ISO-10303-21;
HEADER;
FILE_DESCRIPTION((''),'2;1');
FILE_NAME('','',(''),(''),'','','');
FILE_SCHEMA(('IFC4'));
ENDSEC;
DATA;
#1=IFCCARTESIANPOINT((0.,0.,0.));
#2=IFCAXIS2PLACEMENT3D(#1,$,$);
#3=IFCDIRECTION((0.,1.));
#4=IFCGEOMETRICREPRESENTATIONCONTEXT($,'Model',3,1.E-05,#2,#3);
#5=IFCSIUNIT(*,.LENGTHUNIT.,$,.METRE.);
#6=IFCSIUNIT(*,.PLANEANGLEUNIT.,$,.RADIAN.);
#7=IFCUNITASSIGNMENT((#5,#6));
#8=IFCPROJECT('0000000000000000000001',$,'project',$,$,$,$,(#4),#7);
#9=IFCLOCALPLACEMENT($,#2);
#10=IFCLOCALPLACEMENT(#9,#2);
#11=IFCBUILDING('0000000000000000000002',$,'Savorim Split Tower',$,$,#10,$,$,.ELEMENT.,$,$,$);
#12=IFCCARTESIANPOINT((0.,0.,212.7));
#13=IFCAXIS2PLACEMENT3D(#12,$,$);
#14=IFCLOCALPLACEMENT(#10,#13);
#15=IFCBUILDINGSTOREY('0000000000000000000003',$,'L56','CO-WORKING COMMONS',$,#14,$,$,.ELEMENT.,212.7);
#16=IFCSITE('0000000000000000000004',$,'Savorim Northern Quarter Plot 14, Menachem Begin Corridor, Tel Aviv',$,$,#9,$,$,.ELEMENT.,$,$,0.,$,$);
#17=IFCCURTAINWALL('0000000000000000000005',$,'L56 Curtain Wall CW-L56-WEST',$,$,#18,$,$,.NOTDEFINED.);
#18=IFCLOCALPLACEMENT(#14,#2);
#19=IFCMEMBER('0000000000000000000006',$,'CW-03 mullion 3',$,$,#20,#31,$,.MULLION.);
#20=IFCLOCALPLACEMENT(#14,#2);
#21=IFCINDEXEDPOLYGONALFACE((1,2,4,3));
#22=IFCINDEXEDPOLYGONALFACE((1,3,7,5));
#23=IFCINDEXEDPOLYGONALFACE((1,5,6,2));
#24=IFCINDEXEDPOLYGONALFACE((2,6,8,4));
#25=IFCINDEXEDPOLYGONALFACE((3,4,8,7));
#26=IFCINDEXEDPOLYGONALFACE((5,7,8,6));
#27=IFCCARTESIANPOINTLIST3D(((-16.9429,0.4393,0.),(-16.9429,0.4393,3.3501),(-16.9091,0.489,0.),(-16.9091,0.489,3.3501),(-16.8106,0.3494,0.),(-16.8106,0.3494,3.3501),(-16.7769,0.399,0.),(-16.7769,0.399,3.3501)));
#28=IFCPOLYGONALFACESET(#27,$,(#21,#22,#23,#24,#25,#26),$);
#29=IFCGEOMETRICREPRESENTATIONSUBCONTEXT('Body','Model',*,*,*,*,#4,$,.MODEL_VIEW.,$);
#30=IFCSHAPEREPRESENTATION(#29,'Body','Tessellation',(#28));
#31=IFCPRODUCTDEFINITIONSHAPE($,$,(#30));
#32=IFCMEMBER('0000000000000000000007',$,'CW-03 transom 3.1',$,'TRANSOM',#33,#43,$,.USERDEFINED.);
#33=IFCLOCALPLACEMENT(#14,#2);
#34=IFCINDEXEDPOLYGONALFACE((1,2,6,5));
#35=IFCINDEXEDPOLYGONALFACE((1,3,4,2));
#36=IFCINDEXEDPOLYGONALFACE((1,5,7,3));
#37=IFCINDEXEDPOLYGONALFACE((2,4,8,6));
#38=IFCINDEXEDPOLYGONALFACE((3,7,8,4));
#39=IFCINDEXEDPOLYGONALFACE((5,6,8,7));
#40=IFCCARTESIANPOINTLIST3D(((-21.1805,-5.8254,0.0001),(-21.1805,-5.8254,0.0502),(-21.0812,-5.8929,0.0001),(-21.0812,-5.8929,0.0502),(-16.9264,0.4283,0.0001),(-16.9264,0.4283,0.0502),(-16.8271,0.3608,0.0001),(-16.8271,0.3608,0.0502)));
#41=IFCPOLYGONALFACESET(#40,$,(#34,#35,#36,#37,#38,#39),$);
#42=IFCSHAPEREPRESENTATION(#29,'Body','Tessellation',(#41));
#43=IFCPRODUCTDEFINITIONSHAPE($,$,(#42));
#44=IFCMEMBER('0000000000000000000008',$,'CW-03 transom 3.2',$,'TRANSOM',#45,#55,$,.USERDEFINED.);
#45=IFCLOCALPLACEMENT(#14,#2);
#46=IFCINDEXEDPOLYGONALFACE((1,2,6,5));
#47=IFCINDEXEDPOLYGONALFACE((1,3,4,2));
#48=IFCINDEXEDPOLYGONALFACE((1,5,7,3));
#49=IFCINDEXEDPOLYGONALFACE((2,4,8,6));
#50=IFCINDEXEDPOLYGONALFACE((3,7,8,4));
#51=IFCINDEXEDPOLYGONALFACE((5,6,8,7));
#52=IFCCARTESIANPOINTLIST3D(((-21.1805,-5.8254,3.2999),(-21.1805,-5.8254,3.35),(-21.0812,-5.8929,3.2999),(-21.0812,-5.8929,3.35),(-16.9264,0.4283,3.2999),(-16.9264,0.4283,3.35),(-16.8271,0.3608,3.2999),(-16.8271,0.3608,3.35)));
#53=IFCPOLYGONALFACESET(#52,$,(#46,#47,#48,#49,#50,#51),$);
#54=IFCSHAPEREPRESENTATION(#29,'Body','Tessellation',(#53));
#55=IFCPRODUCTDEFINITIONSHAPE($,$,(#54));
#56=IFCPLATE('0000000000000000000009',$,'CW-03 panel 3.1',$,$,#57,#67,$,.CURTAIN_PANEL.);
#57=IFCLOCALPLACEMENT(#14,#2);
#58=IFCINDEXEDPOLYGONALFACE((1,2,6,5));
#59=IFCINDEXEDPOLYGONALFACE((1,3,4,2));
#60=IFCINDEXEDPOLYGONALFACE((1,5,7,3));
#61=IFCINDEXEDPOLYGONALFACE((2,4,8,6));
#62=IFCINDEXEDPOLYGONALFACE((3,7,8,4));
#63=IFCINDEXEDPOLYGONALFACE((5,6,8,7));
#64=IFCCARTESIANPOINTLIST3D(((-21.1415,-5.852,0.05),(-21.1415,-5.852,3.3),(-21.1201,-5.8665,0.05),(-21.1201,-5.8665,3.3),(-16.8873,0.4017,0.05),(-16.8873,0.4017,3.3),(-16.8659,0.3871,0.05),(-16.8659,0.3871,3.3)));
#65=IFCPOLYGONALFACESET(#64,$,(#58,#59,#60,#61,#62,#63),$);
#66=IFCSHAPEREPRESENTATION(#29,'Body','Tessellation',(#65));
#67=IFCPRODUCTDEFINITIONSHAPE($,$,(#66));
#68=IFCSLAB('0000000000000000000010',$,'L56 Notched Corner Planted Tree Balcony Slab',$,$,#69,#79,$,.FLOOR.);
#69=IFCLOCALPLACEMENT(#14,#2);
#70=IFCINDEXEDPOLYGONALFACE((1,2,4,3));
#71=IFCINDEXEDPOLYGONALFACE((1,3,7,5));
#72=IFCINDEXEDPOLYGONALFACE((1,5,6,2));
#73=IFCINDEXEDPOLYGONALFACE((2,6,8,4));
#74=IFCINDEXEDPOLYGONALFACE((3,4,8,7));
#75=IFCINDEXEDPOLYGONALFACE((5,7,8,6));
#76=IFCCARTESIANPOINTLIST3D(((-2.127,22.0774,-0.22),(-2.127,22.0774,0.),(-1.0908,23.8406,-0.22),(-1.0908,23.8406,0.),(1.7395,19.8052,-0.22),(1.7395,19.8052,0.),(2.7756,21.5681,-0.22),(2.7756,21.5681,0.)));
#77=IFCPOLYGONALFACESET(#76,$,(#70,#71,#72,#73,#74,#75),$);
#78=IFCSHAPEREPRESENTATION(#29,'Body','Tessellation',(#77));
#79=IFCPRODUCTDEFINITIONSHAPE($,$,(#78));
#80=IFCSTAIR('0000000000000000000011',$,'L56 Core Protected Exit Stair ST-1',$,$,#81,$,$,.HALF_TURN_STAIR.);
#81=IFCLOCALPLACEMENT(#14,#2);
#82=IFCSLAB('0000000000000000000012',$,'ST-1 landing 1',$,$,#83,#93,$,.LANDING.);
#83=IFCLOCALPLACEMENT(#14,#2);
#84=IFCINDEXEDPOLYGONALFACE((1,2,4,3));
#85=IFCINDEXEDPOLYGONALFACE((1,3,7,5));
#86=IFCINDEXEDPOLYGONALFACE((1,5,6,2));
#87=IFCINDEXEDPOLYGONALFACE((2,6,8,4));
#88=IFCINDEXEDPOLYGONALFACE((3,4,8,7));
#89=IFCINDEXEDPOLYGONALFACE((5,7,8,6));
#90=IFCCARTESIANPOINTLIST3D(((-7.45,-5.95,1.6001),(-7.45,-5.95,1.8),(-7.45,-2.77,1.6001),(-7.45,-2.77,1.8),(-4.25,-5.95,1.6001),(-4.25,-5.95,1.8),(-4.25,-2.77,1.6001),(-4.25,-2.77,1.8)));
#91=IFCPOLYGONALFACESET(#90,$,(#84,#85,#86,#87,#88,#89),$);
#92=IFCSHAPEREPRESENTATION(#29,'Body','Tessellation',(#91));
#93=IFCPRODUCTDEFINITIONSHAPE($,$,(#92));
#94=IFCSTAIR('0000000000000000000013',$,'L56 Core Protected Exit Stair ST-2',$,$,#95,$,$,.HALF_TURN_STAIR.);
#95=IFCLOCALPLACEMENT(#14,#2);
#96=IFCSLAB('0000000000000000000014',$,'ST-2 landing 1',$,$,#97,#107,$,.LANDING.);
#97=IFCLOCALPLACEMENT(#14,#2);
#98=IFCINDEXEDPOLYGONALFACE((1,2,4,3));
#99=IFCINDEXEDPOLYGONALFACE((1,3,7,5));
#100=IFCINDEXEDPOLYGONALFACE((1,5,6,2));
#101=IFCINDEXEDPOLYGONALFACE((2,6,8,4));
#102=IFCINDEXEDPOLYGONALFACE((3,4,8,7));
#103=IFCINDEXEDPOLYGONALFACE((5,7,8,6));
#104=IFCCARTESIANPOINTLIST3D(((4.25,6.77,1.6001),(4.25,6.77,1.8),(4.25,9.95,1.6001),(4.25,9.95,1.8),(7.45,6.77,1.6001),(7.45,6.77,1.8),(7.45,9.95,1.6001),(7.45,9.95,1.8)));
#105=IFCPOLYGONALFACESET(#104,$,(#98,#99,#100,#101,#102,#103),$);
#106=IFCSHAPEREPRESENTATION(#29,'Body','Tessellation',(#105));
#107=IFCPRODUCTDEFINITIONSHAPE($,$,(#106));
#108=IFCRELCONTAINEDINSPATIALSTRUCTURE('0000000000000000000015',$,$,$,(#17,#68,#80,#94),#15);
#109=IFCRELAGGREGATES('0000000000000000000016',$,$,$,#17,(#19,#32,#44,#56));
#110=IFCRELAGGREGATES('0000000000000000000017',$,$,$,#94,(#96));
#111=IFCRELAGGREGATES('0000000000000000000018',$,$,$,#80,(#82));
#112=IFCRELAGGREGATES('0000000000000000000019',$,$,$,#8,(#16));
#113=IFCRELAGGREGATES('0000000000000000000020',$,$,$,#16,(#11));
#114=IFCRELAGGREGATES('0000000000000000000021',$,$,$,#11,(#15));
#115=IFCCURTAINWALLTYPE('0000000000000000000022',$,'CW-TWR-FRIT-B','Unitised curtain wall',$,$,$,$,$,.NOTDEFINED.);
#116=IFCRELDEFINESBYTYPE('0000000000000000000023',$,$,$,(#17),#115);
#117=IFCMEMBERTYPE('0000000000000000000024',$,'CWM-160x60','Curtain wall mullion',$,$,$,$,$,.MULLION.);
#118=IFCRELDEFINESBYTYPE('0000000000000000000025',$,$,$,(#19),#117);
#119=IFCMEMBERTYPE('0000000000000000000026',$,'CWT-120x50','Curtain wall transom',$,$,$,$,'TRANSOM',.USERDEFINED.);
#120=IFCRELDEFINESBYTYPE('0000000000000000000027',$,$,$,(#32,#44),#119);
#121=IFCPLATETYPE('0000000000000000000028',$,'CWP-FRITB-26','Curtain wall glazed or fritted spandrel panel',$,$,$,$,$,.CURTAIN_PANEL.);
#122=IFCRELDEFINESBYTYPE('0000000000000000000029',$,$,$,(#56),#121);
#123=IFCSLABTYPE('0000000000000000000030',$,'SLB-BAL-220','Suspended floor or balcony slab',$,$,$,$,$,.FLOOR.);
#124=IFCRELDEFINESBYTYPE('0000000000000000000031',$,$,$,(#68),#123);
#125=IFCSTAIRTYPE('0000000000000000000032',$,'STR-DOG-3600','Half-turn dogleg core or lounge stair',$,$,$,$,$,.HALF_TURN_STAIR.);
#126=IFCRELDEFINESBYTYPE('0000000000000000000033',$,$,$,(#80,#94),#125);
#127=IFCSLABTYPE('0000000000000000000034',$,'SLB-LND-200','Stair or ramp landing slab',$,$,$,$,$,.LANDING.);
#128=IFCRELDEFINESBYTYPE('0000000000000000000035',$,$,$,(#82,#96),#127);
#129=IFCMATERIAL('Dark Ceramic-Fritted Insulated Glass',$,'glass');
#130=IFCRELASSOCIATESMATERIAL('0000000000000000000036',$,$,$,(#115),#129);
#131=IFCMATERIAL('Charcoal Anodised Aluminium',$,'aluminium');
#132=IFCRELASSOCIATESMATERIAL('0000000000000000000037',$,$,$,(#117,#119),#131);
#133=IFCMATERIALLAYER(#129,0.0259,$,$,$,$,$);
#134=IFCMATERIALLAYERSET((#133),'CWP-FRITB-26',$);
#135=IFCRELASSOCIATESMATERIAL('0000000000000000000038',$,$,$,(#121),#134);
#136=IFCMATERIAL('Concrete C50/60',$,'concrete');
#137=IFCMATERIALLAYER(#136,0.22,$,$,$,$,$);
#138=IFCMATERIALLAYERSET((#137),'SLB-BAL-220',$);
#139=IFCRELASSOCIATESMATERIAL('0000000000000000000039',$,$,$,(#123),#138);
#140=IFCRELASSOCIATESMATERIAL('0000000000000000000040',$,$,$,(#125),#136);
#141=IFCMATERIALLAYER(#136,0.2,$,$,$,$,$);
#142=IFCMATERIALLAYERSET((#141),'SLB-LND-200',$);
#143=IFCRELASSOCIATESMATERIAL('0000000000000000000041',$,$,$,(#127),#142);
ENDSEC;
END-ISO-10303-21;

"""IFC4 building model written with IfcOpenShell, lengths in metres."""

from ifc_helpers import new_model, si_unit, direction, frame, origin, origin_2d, place, context, subcontext, project, spatial, polyline, rectangle, outline, extrude, material, layer, layer_set, material_profile, profile_set, type_object, element, aggregate, save


model = new_model("IFC4")

# Units and contexts
model_context = context("Model", 3, precision=1e-05, world=origin(), true_north=direction((0.0, 1.0)))
body_context = subcontext(model_context, "Body", "Model", "MODEL_VIEW")
ifc_project = project(units=[si_unit("LENGTHUNIT", "METRE"), si_unit("PLANEANGLEUNIT", "RADIAN")], contexts=[model_context])

# Site, building, storey
site_placement = place(None, origin())
site = spatial("IfcSite", under=ifc_project, at=site_placement, Name="Savorim Northern Quarter Plot 14, Menachem Begin Corridor, Tel Aviv", CompositionType="ELEMENT", RefElevation=0.0)
building_placement = place(site_placement, origin())
building = spatial("IfcBuilding", under=site, at=building_placement, Name="Savorim Split Tower", CompositionType="ELEMENT")
storey_placement = place(building_placement, frame((0.0, 0.0, 212.7)))
storey = spatial("IfcBuildingStorey", under=building, at=storey_placement, Name="L56", Description="CO-WORKING COMMONS", CompositionType="ELEMENT", Elevation=212.7)

# Curtain wall, members, plate
ifc_material_1 = material(Name="Dark Ceramic-Fritted Insulated Glass", Category="glass")
curtain_wall_type = type_object("IfcCurtainWallType", Name="CW-TWR-FRIT-B", Description="Unitised curtain wall", PredefinedType="NOTDEFINED", material=ifc_material_1)
curtain_wall_placement = place(storey_placement, origin())
curtain_wall = element("IfcCurtainWall", 1, at=curtain_wall_placement, inside=storey, type_object=curtain_wall_type, Name="L56 Curtain Wall CW-L56-WEST", PredefinedType="NOTDEFINED")
ifc_material_2 = material(Name="Charcoal Anodised Aluminium", Category="aluminium")
ifc_material_profile_1 = material_profile(ifc_material_2, rectangle(XDim=0.1599, YDim=0.0601, at=origin_2d()), Name="ALU-M 160x60")
ifc_profile_set_1 = profile_set([ifc_material_profile_1], Name="Charcoal Anodised Aluminium")
member_type_1 = type_object("IfcMemberType", Name="CWM-160x60", Description="Curtain wall mullion", PredefinedType="MULLION", material=ifc_profile_set_1)
member_1_placement = place(storey_placement, frame((-16.8599, 0.4192, 0.0), z_axis=(0.0, 0.0, 1.0), x_axis=(0.826821, -0.562465, 0.0)))
member_1 = element("IfcMember", 2, at=member_1_placement, type_object=member_type_1, Name="CW-03 mullion 3", PredefinedType="MULLION", context=body_context, shape_type="SweptSolid", body=[
    extrude(rectangle(XDim=0.1599, YDim=0.0601, at=origin_2d()), origin(), (0.0, 0.0, 1.0), 3.3501),
])
ifc_material_profile_2 = material_profile(ifc_material_2, rectangle(XDim=0.1201, YDim=0.05, at=origin_2d()), Name="ALU-T 120x50")
ifc_profile_set_2 = profile_set([ifc_material_profile_2], Name="Charcoal Anodised Aluminium")
member_type_2 = type_object("IfcMemberType", Name="CWT-120x50", Description="Curtain wall transom", ElementType="TRANSOM", PredefinedType="USERDEFINED", material=ifc_profile_set_2)
member_2_placement = place(storey_placement, frame((-16.8767, 0.3945, 0.0251), z_axis=(-0.56246, -0.826824, 0.0), x_axis=(0.826824, -0.56246, 0.0)))
member_2 = element("IfcMember", 3, at=member_2_placement, type_object=member_type_2, Name="CW-03 transom 3.1", ObjectType="TRANSOM", PredefinedType="USERDEFINED", context=body_context, shape_type="SweptSolid", body=[
    extrude(rectangle(XDim=0.1201, YDim=0.05, at=origin_2d()), origin(), (0.0, 0.0, 1.0), 7.5635),
])
member_3_placement = place(storey_placement, frame((-16.8767, 0.3945, 3.325), z_axis=(-0.56246, -0.826824, 0.0), x_axis=(0.826824, -0.56246, 0.0)))
member_3 = element("IfcMember", 4, at=member_3_placement, type_object=member_type_2, Name="CW-03 transom 3.2", ObjectType="TRANSOM", PredefinedType="USERDEFINED", context=body_context, shape_type="SweptSolid", body=[
    extrude(rectangle(XDim=0.1201, YDim=0.05, at=origin_2d()), origin(), (0.0, 0.0, 1.0), 7.5635),
])
ifc_layer_1 = layer(ifc_material_1, 0.0259)
ifc_layer_set_1 = layer_set([ifc_layer_1], Name="CWP-FRITB-26")
plate_type = type_object("IfcPlateType", Name="CWP-FRITB-26", Description="Curtain wall glazed or fritted spandrel panel", PredefinedType="CURTAIN_PANEL", material=ifc_layer_set_1)
plate_placement = place(storey_placement, frame((-19.0037, -2.7324, 0.05), z_axis=(0.0, 0.0, 1.0), x_axis=(-0.562465, -0.826821, 0.0)))
plate = element("IfcPlate", 5, at=plate_placement, type_object=plate_type, Name="CW-03 panel 3.1", PredefinedType="CURTAIN_PANEL", context=body_context, shape_type="SweptSolid", body=[
    extrude(rectangle(XDim=7.5635, YDim=0.0259, at=origin_2d()), origin(), (0.0, 0.0, 1.0), 3.25),
])
aggregate(curtain_wall, [member_1, member_2, member_3, plate])

# Slab
ifc_material_3 = material(Name="Concrete C50/60", Category="concrete")
ifc_layer_2 = layer(ifc_material_3, 0.22)
ifc_layer_set_2 = layer_set([ifc_layer_2], Name="SLB-BAL-220")
slab_type_1 = type_object("IfcSlabType", Name="SLB-BAL-220", Description="Suspended floor or balcony slab", PredefinedType="FLOOR", material=ifc_layer_set_2)
slab_1_placement = place(storey_placement, frame((0.0, 0.0, -0.22)))
element("IfcSlab", 6, at=slab_1_placement, inside=storey, type_object=slab_type_1, Name="L56 Notched Corner Planted Tree Balcony Slab", PredefinedType="FLOOR", context=body_context, shape_type="SweptSolid", body=[
    extrude(outline(polyline([(-2.127, 22.0774), (1.7395, 19.8052), (2.7756, 21.5681), (-1.0908, 23.8406), (-2.127, 22.0774)])), origin(), (0.0, 0.0, 1.0), 0.22),
])

# Stairs, slabs
stair_type = type_object("IfcStairType", Name="STR-DOG-3600", Description="Half-turn dogleg core or lounge stair", PredefinedType="HALF_TURN_STAIR", material=ifc_material_3)
stair_1_placement = place(storey_placement, origin())
stair_1 = element("IfcStair", 7, at=stair_1_placement, inside=storey, type_object=stair_type, Name="L56 Core Protected Exit Stair ST-1", PredefinedType="HALF_TURN_STAIR")
ifc_layer_3 = layer(ifc_material_3, 0.2)
ifc_layer_set_3 = layer_set([ifc_layer_3], Name="SLB-LND-200")
slab_type_2 = type_object("IfcSlabType", Name="SLB-LND-200", Description="Stair or ramp landing slab", PredefinedType="LANDING", material=ifc_layer_set_3)
slab_2_placement = place(storey_placement, frame((0.0, 0.0, 1.6001)))
slab_2 = element("IfcSlab", 8, at=slab_2_placement, type_object=slab_type_2, Name="ST-1 landing 1", PredefinedType="LANDING", context=body_context, shape_type="SweptSolid", body=[
    extrude(outline(polyline([(-7.45, -2.77), (-7.45, -5.95), (-4.25, -5.95), (-4.25, -2.77), (-7.45, -2.77)])), origin(), (0.0, 0.0, 1.0), 0.2),
])
stair_2_placement = place(storey_placement, origin())
stair_2 = element("IfcStair", 9, at=stair_2_placement, inside=storey, type_object=stair_type, Name="L56 Core Protected Exit Stair ST-2", PredefinedType="HALF_TURN_STAIR")
slab_3_placement = place(storey_placement, frame((0.0, 0.0, 1.6001)))
slab_3 = element("IfcSlab", 10, at=slab_3_placement, type_object=slab_type_2, Name="ST-2 landing 1", PredefinedType="LANDING", context=body_context, shape_type="SweptSolid", body=[
    extrude(outline(polyline([(7.45, 6.77), (7.45, 9.95), (4.25, 9.95), (4.25, 6.77), (7.45, 6.77)])), origin(), (0.0, 0.0, 1.0), 0.2),
])
aggregate(stair_2, [slab_3])

aggregate(stair_1, [slab_2])

save(model, "model.ifc")
